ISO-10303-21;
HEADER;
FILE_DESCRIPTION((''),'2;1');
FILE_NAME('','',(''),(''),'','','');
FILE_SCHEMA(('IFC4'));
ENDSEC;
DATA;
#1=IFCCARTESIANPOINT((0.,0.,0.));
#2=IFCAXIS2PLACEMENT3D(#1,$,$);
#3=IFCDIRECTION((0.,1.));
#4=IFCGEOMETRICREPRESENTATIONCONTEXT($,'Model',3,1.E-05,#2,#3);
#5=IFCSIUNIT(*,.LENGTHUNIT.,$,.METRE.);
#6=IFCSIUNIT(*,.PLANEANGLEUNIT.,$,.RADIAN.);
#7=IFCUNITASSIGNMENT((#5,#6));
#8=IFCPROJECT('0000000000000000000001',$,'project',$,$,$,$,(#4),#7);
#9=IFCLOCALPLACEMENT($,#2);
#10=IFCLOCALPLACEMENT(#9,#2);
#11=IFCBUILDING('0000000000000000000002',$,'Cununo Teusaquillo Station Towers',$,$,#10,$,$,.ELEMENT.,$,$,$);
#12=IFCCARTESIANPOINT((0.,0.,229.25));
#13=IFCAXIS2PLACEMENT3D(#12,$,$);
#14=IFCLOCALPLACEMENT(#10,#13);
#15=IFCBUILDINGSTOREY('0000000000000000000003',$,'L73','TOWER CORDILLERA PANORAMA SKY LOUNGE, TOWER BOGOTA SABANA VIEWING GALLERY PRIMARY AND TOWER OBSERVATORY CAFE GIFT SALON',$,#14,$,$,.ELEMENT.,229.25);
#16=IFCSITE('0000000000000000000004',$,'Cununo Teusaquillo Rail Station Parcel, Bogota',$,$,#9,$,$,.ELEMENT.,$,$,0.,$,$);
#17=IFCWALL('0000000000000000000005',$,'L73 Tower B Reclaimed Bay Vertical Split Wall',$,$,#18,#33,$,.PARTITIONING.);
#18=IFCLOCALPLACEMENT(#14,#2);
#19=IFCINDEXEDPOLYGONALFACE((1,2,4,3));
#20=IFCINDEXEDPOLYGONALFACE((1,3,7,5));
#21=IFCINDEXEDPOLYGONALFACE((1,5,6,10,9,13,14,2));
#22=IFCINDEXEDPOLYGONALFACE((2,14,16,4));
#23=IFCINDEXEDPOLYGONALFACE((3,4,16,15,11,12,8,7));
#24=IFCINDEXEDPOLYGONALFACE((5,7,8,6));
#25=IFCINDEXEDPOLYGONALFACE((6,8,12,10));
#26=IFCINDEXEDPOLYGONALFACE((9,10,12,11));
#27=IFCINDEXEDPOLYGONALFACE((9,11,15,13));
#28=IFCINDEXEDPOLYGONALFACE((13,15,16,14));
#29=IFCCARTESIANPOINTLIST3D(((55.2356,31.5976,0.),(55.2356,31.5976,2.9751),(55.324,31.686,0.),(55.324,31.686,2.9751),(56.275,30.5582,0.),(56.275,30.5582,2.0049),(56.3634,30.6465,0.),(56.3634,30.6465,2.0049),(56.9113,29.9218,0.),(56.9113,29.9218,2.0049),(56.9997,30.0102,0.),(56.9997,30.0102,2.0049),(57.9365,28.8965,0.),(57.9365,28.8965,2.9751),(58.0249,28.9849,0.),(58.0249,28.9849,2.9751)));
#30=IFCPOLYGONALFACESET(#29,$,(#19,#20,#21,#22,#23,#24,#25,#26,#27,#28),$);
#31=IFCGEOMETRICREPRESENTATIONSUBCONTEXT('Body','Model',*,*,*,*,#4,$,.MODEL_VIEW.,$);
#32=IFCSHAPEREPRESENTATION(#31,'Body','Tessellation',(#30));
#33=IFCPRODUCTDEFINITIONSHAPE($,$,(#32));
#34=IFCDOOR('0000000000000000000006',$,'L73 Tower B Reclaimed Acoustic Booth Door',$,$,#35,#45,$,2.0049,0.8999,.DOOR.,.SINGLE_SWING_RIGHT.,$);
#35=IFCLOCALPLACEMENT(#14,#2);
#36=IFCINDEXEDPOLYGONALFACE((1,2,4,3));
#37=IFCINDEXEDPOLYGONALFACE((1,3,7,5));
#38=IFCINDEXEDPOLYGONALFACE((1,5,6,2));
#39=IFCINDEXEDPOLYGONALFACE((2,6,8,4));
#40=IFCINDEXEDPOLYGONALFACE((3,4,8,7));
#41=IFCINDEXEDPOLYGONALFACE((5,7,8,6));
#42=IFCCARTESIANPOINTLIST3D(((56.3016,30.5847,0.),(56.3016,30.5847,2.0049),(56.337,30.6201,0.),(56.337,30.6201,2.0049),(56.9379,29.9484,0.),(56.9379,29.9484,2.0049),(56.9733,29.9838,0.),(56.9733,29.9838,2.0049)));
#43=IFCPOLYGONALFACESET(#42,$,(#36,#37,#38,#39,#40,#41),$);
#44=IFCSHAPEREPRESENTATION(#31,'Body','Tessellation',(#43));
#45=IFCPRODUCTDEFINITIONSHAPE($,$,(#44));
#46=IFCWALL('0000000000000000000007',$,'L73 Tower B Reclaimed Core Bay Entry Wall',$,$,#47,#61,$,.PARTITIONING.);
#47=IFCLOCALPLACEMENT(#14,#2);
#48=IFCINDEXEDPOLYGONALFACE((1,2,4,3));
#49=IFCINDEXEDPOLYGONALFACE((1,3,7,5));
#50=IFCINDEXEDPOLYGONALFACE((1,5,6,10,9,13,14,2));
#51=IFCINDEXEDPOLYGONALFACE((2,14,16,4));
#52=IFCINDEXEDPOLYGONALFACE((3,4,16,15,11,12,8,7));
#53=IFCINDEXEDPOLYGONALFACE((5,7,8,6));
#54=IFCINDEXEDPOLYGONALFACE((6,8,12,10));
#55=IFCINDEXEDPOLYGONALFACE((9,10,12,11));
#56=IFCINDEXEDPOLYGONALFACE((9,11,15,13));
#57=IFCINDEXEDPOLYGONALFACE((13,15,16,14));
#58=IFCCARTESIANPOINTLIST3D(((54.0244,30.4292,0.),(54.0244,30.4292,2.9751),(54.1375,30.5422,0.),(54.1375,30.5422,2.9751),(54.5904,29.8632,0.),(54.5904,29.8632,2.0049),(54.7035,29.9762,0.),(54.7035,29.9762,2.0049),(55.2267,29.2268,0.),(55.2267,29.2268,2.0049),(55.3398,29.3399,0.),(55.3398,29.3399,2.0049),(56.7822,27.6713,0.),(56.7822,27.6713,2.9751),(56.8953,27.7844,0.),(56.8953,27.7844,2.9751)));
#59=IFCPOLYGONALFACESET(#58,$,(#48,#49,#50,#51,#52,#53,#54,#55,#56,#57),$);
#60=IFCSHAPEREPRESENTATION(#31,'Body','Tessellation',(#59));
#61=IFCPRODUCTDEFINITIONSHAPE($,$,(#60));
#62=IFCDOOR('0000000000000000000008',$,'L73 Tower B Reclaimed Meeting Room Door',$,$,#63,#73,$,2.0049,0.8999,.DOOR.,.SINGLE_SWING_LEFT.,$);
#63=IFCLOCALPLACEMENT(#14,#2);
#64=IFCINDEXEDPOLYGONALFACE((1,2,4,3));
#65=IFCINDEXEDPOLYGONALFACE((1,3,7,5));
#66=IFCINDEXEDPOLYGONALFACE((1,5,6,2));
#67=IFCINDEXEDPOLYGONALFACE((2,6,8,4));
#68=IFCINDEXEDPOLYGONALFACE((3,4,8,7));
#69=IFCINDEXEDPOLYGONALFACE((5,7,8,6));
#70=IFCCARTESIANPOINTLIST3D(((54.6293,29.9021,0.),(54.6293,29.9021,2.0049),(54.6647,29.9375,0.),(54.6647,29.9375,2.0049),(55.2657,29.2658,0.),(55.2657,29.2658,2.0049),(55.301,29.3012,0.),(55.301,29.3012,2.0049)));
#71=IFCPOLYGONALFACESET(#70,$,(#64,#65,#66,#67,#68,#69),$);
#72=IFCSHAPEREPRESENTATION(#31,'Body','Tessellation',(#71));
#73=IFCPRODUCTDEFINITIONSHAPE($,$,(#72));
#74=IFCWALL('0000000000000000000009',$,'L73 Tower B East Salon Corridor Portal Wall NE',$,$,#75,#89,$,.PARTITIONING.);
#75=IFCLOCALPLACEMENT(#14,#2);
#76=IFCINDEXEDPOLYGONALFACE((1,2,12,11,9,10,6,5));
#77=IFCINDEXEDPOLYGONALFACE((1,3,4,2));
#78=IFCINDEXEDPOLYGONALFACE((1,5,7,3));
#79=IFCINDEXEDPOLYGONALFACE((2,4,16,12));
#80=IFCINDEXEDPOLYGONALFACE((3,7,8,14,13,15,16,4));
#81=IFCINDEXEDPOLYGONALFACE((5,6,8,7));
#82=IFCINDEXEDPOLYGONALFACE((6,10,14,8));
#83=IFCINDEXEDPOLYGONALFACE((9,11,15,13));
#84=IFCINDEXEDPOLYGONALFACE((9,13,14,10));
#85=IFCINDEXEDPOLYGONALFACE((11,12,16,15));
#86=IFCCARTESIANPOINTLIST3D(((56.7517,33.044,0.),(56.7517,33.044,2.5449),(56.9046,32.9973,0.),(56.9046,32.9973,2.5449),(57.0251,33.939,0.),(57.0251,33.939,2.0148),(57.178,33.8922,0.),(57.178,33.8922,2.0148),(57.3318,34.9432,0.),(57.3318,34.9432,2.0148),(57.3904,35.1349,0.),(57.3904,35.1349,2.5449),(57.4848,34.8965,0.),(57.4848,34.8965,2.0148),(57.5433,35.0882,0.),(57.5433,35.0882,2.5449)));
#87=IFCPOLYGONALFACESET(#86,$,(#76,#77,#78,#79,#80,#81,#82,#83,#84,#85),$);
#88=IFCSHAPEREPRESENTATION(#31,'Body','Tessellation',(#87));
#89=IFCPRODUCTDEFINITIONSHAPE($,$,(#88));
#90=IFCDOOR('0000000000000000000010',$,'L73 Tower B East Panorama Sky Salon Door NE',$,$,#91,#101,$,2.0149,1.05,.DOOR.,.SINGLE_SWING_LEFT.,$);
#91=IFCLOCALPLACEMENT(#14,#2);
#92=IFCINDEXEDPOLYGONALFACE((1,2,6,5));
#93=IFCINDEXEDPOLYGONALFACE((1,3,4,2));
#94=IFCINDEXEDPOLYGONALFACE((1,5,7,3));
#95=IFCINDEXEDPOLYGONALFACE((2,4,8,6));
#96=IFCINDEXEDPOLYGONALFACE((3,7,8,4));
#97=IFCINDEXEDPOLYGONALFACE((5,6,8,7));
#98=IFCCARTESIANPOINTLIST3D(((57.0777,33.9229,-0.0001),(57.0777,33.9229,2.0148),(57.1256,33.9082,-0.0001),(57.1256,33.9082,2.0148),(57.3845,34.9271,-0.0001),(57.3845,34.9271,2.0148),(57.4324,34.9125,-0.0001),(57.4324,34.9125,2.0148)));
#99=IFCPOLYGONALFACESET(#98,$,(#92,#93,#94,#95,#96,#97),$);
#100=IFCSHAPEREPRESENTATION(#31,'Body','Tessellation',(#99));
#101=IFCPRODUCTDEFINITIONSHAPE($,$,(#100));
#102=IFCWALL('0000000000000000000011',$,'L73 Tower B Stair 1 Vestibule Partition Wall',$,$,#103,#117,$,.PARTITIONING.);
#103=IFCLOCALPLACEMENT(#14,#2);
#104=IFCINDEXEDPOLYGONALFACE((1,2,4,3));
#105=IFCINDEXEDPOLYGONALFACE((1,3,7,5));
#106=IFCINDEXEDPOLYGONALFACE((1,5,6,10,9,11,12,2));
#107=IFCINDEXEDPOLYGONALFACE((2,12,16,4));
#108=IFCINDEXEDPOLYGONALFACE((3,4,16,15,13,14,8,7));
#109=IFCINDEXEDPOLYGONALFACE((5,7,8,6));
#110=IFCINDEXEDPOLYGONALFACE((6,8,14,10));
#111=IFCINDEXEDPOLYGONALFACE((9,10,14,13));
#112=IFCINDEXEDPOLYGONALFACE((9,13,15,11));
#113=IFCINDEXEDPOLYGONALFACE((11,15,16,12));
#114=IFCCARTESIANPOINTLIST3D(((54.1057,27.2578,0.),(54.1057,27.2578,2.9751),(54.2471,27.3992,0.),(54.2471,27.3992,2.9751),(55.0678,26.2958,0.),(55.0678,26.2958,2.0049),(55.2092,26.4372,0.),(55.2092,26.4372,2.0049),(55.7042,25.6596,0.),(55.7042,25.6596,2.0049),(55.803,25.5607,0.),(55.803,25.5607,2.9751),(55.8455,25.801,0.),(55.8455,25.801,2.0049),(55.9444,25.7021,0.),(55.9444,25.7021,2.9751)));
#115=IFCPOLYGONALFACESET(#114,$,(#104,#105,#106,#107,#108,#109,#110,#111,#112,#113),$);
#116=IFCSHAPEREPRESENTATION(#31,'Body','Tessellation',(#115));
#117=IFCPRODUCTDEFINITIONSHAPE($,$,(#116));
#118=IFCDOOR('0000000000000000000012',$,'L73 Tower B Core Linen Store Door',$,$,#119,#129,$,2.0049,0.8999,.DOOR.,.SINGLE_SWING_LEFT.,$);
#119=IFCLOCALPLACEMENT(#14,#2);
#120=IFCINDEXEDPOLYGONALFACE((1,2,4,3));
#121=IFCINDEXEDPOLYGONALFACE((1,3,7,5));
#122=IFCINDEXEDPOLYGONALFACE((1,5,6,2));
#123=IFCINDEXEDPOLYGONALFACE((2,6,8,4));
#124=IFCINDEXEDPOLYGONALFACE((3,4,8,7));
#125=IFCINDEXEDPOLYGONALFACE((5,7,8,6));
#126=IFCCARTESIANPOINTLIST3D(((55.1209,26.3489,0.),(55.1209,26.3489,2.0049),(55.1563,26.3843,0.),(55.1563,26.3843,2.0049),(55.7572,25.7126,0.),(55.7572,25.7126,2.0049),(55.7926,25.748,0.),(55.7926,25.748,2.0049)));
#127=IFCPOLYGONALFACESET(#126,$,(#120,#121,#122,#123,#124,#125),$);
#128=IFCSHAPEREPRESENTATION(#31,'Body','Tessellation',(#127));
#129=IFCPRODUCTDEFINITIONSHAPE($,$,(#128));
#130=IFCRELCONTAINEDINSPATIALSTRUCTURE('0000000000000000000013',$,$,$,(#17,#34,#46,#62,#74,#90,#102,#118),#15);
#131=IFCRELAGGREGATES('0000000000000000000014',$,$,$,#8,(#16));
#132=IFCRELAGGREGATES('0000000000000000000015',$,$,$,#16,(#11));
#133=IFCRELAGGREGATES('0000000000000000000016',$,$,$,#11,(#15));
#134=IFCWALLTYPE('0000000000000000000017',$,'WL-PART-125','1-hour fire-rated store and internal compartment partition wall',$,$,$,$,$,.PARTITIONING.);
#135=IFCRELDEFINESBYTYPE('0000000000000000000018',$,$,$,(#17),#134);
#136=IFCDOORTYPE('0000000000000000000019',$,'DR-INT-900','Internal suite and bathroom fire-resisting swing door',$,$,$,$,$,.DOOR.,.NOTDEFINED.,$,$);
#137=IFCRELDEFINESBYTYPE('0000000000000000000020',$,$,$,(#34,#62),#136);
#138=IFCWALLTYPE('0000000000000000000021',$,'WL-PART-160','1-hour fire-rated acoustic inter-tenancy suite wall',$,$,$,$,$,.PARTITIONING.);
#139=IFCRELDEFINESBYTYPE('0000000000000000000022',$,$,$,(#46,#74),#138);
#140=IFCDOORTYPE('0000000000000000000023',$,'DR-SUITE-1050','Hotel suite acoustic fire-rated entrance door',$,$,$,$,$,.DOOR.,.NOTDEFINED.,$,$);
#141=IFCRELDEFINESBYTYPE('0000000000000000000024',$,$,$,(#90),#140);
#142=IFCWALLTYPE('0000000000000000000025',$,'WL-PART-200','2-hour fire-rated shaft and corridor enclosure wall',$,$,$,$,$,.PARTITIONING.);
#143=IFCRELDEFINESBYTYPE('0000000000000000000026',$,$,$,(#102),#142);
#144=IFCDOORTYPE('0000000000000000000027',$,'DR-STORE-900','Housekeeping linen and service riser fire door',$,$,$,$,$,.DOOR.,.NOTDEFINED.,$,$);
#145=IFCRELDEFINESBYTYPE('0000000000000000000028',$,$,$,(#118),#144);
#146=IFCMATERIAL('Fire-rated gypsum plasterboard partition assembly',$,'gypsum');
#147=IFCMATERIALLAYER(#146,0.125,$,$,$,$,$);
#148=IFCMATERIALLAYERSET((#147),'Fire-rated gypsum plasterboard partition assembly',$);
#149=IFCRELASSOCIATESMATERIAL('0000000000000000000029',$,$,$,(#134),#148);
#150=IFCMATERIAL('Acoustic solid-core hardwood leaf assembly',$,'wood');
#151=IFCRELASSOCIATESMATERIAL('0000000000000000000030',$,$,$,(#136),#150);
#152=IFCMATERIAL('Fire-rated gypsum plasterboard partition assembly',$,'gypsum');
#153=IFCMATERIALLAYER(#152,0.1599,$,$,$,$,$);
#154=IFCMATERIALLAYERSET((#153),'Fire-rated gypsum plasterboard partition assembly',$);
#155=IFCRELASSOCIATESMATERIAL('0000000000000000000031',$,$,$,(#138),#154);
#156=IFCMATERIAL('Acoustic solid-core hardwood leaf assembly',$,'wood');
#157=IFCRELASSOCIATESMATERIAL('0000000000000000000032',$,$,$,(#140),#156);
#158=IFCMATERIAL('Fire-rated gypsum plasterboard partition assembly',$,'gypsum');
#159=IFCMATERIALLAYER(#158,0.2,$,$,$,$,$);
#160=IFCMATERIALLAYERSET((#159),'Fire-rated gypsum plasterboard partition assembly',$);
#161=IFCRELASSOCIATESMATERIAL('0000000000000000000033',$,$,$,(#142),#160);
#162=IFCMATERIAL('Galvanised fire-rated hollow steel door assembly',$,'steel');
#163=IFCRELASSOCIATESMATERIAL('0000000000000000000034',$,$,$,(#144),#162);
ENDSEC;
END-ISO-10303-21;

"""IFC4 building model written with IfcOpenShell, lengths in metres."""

from ifc_helpers import new_model, si_unit, direction, frame, frame_2d, origin, place, context, subcontext, project, spatial, rectangle, extrude, source, transform, mapped, material, layer, layer_set, type_object, element, fill, save


model = new_model("IFC4")

# Units and contexts
model_context = context("Model", 3, precision=1e-05, world=origin(), true_north=direction((0.0, 1.0)))
body_context = subcontext(model_context, "Body", "Model", "MODEL_VIEW")
ifc_project = project(units=[si_unit("LENGTHUNIT", "METRE"), si_unit("PLANEANGLEUNIT", "RADIAN")], contexts=[model_context])

# Site, building, storey
site_placement = place(None, origin())
site = spatial("IfcSite", under=ifc_project, at=site_placement, Name="Cununo Teusaquillo Rail Station Parcel, Bogota", CompositionType="ELEMENT", RefElevation=0.0)
building_placement = place(site_placement, origin())
building = spatial("IfcBuilding", under=site, at=building_placement, Name="Cununo Teusaquillo Station Towers", CompositionType="ELEMENT")
storey_placement = place(building_placement, frame((0.0, 0.0, 229.25)))
storey = spatial("IfcBuildingStorey", under=building, at=storey_placement, Name="L73", Description="TOWER CORDILLERA PANORAMA SKY LOUNGE, TOWER BOGOTA SABANA VIEWING GALLERY PRIMARY AND TOWER OBSERVATORY CAFE GIFT SALON", CompositionType="ELEMENT", Elevation=229.25)

# Shared definitions
ifc_material_1 = material(Name="Fire-rated gypsum plasterboard partition assembly", Category="gypsum")
ifc_layer_1 = layer(ifc_material_1, 0.125)
ifc_layer_set_1 = layer_set([ifc_layer_1], Name="Fire-rated gypsum plasterboard partition assembly")
wall_type_1 = type_object("IfcWallType", Name="WL-PART-125", Description="1-hour fire-rated store and internal compartment partition wall", PredefinedType="PARTITIONING", material=ifc_layer_set_1)

# Walls, openings, doors
wall_1_placement = place(storey_placement, frame((57.9807, 28.9407, 0.0), z_axis=(0.0, 0.0, 1.0), x_axis=(-0.707075, 0.707139, 0.0)))
wall_1 = element("IfcWall", 1, at=wall_1_placement, inside=storey, type_object=wall_type_1, Name="L73 Tower B Reclaimed Bay Vertical Split Wall", PredefinedType="PARTITIONING", context=body_context, shape_type="SweptSolid", body=[
    extrude(rectangle(XDim=3.8198, YDim=0.125, at=frame_2d((1.9099, 0.0))), origin(), (0.0, 0.0, 1.0), 2.9751),
])
shared_shape_1 = source(origin(), body_context, "Body", "SweptSolid", [
    extrude(rectangle(XDim=0.8999, YDim=2.0049, at=frame_2d((0.45, 1.0024))), frame((0.0, 0.0725, 0.0), z_axis=(0.0, -1.0, 0.0), x_axis=(1.0, 0.0, 0.0)), (0.0, 0.0, 1.0), 0.145),
])
opening_1_placement = place(wall_1_placement, frame((1.45, 0.0, 0.0)))
opening_1 = element("IfcOpeningElement", 2, at=opening_1_placement, cuts=wall_1, PredefinedType="OPENING", context=body_context, shape_type="MappedRepresentation", body=[
    mapped(shared_shape_1, transform((0.0, 0.0, 0.0), x_axis=(1.0, 0.0, 0.0), y_axis=(0.0, 1.0, 0.0), z_axis=(0.0, 0.0, 1.0), scale=1.0)),
])
ifc_material_2 = material(Name="Acoustic solid-core hardwood leaf assembly", Category="wood")
door_type_1 = type_object("IfcDoorType", Name="DR-INT-900", Description="Internal suite and bathroom fire-resisting swing door", OperationType="NOTDEFINED", PredefinedType="DOOR", material=ifc_material_2)
shared_shape_2 = source(origin(), body_context, "Body", "SweptSolid", [
    extrude(rectangle(XDim=0.8999, YDim=2.0049, at=frame_2d((0.45, 1.0024))), frame((0.0, 0.0249, 0.0), z_axis=(0.0, -1.0, 0.0), x_axis=(1.0, 0.0, 0.0)), (0.0, 0.0, 1.0), 0.05),
])
door_1_placement = place(opening_1_placement, origin())
door_1 = element("IfcDoor", 3, at=door_1_placement, inside=storey, type_object=door_type_1, Name="L73 Tower B Reclaimed Acoustic Booth Door", OperationType="SINGLE_SWING_RIGHT", OverallHeight=2.0049, OverallWidth=0.8999, PredefinedType="DOOR", context=body_context, shape_type="MappedRepresentation", body=[
    mapped(shared_shape_2, transform((0.0, 0.0, 0.0), x_axis=(1.0, 0.0, 0.0), y_axis=(0.0, 1.0, 0.0), z_axis=(0.0, 0.0, 1.0), scale=1.0)),
])
fill(opening_1, door_1)
ifc_material_3 = material(Name="Fire-rated gypsum plasterboard partition assembly", Category="gypsum")
ifc_layer_2 = layer(ifc_material_3, 0.1599)
ifc_layer_set_2 = layer_set([ifc_layer_2], Name="Fire-rated gypsum plasterboard partition assembly")
wall_type_2 = type_object("IfcWallType", Name="WL-PART-160", Description="1-hour fire-rated acoustic inter-tenancy suite wall", PredefinedType="PARTITIONING", material=ifc_layer_set_2)
wall_2_placement = place(storey_placement, frame((56.8389, 27.7278, 0.0), z_axis=(0.0, 0.0, 1.0), x_axis=(-0.707107, 0.707107, 0.0)))
wall_2 = element("IfcWall", 4, at=wall_2_placement, inside=storey, type_object=wall_type_2, Name="L73 Tower B Reclaimed Core Bay Entry Wall", PredefinedType="PARTITIONING", context=body_context, shape_type="SweptSolid", body=[
    extrude(rectangle(XDim=3.9001, YDim=0.1599, at=frame_2d((1.9502, 0.0))), origin(), (0.0, 0.0, 1.0), 2.9751),
])
shared_shape_3 = source(origin(), body_context, "Body", "SweptSolid", [
    extrude(rectangle(XDim=0.8999, YDim=2.0049, at=frame_2d((0.45, 1.0024))), frame((0.0, 0.0898, 0.0), z_axis=(0.0, -1.0, 0.0), x_axis=(1.0, 0.0, 0.0)), (0.0, 0.0, 1.0), 0.1799),
])
opening_2_placement = place(wall_2_placement, frame((2.2, 0.0, 0.0)))
opening_2 = element("IfcOpeningElement", 5, at=opening_2_placement, cuts=wall_2, PredefinedType="OPENING", context=body_context, shape_type="MappedRepresentation", body=[
    mapped(shared_shape_3, transform((0.0, 0.0, 0.0), x_axis=(1.0, 0.0, 0.0), y_axis=(0.0, 1.0, 0.0), z_axis=(0.0, 0.0, 1.0), scale=1.0)),
])
door_2_placement = place(opening_2_placement, origin())
door_2 = element("IfcDoor", 6, at=door_2_placement, inside=storey, type_object=door_type_1, Name="L73 Tower B Reclaimed Meeting Room Door", OperationType="SINGLE_SWING_LEFT", OverallHeight=2.0049, OverallWidth=0.8999, PredefinedType="DOOR", context=body_context, shape_type="MappedRepresentation", body=[
    mapped(shared_shape_2, transform((0.0, 0.0, 0.0), x_axis=(1.0, 0.0, 0.0), y_axis=(0.0, 1.0, 0.0), z_axis=(0.0, 0.0, 1.0), scale=1.0)),
])
fill(opening_2, door_2)
wall_3_placement = place(storey_placement, frame((56.8281, 33.0205, 0.0), z_axis=(0.0, 0.0, 1.0), x_axis=(0.292139, 0.956376, 0.0)))
wall_3 = element("IfcWall", 7, at=wall_3_placement, inside=storey, type_object=wall_type_2, Name="L73 Tower B East Salon Corridor Portal Wall NE", PredefinedType="PARTITIONING", context=body_context, shape_type="SweptSolid", body=[
    extrude(rectangle(XDim=2.1863, YDim=0.1599, at=frame_2d((1.0933, 0.0))), origin(), (0.0, 0.0, 1.0), 2.5449),
])
shared_shape_4 = source(origin(), body_context, "Body", "SweptSolid", [
    extrude(rectangle(XDim=1.05, YDim=2.0149, at=frame_2d((0.5249, 1.0073))), frame((0.0, 0.0898, 0.0), z_axis=(0.0, -1.0, 0.0), x_axis=(1.0, 0.0, 0.0)), (0.0, 0.0, 1.0), 0.1799),
])
opening_3_placement = place(wall_3_placement, frame((0.936, 0.0, 0.0)))
opening_3 = element("IfcOpeningElement", 8, at=opening_3_placement, cuts=wall_3, PredefinedType="OPENING", context=body_context, shape_type="MappedRepresentation", body=[
    mapped(shared_shape_4, transform((0.0, 0.0, 0.0), x_axis=(1.0, 0.0, 0.0), y_axis=(0.0, 1.0, 0.0), z_axis=(0.0, 0.0, 1.0), scale=1.0)),
])
ifc_material_4 = material(Name="Acoustic solid-core hardwood leaf assembly", Category="wood")
door_type_2 = type_object("IfcDoorType", Name="DR-SUITE-1050", Description="Hotel suite acoustic fire-rated entrance door", OperationType="NOTDEFINED", PredefinedType="DOOR", material=ifc_material_4)
shared_shape_5 = source(origin(), body_context, "Body", "SweptSolid", [
    extrude(rectangle(XDim=1.05, YDim=2.0149, at=frame_2d((0.5249, 1.0073))), frame((0.0, 0.0249, 0.0), z_axis=(0.0, -1.0, 0.0), x_axis=(1.0, 0.0, 0.0)), (0.0, 0.0, 1.0), 0.05),
])
door_3_placement = place(opening_3_placement, origin())
door_3 = element("IfcDoor", 9, at=door_3_placement, inside=storey, type_object=door_type_2, Name="L73 Tower B East Panorama Sky Salon Door NE", OperationType="SINGLE_SWING_LEFT", OverallHeight=2.0149, OverallWidth=1.05, PredefinedType="DOOR", context=body_context, shape_type="MappedRepresentation", body=[
    mapped(shared_shape_5, transform((0.0, 0.0, 0.0), x_axis=(1.0, 0.0, 0.0), y_axis=(0.0, 1.0, 0.0), z_axis=(0.0, 0.0, 1.0), scale=1.0)),
])
fill(opening_3, door_3)
ifc_material_5 = material(Name="Fire-rated gypsum plasterboard partition assembly", Category="gypsum")
ifc_layer_3 = layer(ifc_material_5, 0.2)
ifc_layer_set_3 = layer_set([ifc_layer_3], Name="Fire-rated gypsum plasterboard partition assembly")
wall_type_3 = type_object("IfcWallType", Name="WL-PART-200", Description="2-hour fire-rated shaft and corridor enclosure wall", PredefinedType="PARTITIONING", material=ifc_layer_set_3)
wall_4_placement = place(storey_placement, frame((55.8738, 25.6313, 0.0), z_axis=(0.0, 0.0, 1.0), x_axis=(-0.707158, 0.707056, 0.0)))
wall_4 = element("IfcWall", 10, at=wall_4_placement, inside=storey, type_object=wall_type_3, Name="L73 Tower B Stair 1 Vestibule Partition Wall", PredefinedType="PARTITIONING", context=body_context, shape_type="SweptSolid", body=[
    extrude(rectangle(XDim=2.4001, YDim=0.2, at=frame_2d((1.2002, 0.0))), origin(), (0.0, 0.0, 1.0), 2.9751),
])
shared_shape_6 = source(origin(), body_context, "Body", "SweptSolid", [
    extrude(rectangle(XDim=0.8999, YDim=2.0049, at=frame_2d((0.45, 1.0024))), frame((0.0, 0.1099, 0.0), z_axis=(0.0, -1.0, 0.0), x_axis=(1.0, 0.0, 0.0)), (0.0, 0.0, 1.0), 0.22),
])
opening_4_placement = place(wall_4_placement, frame((0.1399, 0.0, 0.0)))
opening_4 = element("IfcOpeningElement", 11, at=opening_4_placement, cuts=wall_4, PredefinedType="OPENING", context=body_context, shape_type="MappedRepresentation", body=[
    mapped(shared_shape_6, transform((0.0, 0.0, 0.0), x_axis=(1.0, 0.0, 0.0), y_axis=(0.0, 1.0, 0.0), z_axis=(0.0, 0.0, 1.0), scale=1.0)),
])
ifc_material_6 = material(Name="Galvanised fire-rated hollow steel door assembly", Category="steel")
door_type_3 = type_object("IfcDoorType", Name="DR-STORE-900", Description="Housekeeping linen and service riser fire door", OperationType="NOTDEFINED", PredefinedType="DOOR", material=ifc_material_6)
door_4_placement = place(opening_4_placement, origin())
door_4 = element("IfcDoor", 12, at=door_4_placement, inside=storey, type_object=door_type_3, Name="L73 Tower B Core Linen Store Door", OperationType="SINGLE_SWING_LEFT", OverallHeight=2.0049, OverallWidth=0.8999, PredefinedType="DOOR", context=body_context, shape_type="MappedRepresentation", body=[
    mapped(shared_shape_2, transform((0.0, 0.0, 0.0), x_axis=(1.0, 0.0, 0.0), y_axis=(0.0, 1.0, 0.0), z_axis=(0.0, 0.0, 1.0), scale=1.0)),
])
fill(opening_4, door_4)

save(model, "model.ifc")
